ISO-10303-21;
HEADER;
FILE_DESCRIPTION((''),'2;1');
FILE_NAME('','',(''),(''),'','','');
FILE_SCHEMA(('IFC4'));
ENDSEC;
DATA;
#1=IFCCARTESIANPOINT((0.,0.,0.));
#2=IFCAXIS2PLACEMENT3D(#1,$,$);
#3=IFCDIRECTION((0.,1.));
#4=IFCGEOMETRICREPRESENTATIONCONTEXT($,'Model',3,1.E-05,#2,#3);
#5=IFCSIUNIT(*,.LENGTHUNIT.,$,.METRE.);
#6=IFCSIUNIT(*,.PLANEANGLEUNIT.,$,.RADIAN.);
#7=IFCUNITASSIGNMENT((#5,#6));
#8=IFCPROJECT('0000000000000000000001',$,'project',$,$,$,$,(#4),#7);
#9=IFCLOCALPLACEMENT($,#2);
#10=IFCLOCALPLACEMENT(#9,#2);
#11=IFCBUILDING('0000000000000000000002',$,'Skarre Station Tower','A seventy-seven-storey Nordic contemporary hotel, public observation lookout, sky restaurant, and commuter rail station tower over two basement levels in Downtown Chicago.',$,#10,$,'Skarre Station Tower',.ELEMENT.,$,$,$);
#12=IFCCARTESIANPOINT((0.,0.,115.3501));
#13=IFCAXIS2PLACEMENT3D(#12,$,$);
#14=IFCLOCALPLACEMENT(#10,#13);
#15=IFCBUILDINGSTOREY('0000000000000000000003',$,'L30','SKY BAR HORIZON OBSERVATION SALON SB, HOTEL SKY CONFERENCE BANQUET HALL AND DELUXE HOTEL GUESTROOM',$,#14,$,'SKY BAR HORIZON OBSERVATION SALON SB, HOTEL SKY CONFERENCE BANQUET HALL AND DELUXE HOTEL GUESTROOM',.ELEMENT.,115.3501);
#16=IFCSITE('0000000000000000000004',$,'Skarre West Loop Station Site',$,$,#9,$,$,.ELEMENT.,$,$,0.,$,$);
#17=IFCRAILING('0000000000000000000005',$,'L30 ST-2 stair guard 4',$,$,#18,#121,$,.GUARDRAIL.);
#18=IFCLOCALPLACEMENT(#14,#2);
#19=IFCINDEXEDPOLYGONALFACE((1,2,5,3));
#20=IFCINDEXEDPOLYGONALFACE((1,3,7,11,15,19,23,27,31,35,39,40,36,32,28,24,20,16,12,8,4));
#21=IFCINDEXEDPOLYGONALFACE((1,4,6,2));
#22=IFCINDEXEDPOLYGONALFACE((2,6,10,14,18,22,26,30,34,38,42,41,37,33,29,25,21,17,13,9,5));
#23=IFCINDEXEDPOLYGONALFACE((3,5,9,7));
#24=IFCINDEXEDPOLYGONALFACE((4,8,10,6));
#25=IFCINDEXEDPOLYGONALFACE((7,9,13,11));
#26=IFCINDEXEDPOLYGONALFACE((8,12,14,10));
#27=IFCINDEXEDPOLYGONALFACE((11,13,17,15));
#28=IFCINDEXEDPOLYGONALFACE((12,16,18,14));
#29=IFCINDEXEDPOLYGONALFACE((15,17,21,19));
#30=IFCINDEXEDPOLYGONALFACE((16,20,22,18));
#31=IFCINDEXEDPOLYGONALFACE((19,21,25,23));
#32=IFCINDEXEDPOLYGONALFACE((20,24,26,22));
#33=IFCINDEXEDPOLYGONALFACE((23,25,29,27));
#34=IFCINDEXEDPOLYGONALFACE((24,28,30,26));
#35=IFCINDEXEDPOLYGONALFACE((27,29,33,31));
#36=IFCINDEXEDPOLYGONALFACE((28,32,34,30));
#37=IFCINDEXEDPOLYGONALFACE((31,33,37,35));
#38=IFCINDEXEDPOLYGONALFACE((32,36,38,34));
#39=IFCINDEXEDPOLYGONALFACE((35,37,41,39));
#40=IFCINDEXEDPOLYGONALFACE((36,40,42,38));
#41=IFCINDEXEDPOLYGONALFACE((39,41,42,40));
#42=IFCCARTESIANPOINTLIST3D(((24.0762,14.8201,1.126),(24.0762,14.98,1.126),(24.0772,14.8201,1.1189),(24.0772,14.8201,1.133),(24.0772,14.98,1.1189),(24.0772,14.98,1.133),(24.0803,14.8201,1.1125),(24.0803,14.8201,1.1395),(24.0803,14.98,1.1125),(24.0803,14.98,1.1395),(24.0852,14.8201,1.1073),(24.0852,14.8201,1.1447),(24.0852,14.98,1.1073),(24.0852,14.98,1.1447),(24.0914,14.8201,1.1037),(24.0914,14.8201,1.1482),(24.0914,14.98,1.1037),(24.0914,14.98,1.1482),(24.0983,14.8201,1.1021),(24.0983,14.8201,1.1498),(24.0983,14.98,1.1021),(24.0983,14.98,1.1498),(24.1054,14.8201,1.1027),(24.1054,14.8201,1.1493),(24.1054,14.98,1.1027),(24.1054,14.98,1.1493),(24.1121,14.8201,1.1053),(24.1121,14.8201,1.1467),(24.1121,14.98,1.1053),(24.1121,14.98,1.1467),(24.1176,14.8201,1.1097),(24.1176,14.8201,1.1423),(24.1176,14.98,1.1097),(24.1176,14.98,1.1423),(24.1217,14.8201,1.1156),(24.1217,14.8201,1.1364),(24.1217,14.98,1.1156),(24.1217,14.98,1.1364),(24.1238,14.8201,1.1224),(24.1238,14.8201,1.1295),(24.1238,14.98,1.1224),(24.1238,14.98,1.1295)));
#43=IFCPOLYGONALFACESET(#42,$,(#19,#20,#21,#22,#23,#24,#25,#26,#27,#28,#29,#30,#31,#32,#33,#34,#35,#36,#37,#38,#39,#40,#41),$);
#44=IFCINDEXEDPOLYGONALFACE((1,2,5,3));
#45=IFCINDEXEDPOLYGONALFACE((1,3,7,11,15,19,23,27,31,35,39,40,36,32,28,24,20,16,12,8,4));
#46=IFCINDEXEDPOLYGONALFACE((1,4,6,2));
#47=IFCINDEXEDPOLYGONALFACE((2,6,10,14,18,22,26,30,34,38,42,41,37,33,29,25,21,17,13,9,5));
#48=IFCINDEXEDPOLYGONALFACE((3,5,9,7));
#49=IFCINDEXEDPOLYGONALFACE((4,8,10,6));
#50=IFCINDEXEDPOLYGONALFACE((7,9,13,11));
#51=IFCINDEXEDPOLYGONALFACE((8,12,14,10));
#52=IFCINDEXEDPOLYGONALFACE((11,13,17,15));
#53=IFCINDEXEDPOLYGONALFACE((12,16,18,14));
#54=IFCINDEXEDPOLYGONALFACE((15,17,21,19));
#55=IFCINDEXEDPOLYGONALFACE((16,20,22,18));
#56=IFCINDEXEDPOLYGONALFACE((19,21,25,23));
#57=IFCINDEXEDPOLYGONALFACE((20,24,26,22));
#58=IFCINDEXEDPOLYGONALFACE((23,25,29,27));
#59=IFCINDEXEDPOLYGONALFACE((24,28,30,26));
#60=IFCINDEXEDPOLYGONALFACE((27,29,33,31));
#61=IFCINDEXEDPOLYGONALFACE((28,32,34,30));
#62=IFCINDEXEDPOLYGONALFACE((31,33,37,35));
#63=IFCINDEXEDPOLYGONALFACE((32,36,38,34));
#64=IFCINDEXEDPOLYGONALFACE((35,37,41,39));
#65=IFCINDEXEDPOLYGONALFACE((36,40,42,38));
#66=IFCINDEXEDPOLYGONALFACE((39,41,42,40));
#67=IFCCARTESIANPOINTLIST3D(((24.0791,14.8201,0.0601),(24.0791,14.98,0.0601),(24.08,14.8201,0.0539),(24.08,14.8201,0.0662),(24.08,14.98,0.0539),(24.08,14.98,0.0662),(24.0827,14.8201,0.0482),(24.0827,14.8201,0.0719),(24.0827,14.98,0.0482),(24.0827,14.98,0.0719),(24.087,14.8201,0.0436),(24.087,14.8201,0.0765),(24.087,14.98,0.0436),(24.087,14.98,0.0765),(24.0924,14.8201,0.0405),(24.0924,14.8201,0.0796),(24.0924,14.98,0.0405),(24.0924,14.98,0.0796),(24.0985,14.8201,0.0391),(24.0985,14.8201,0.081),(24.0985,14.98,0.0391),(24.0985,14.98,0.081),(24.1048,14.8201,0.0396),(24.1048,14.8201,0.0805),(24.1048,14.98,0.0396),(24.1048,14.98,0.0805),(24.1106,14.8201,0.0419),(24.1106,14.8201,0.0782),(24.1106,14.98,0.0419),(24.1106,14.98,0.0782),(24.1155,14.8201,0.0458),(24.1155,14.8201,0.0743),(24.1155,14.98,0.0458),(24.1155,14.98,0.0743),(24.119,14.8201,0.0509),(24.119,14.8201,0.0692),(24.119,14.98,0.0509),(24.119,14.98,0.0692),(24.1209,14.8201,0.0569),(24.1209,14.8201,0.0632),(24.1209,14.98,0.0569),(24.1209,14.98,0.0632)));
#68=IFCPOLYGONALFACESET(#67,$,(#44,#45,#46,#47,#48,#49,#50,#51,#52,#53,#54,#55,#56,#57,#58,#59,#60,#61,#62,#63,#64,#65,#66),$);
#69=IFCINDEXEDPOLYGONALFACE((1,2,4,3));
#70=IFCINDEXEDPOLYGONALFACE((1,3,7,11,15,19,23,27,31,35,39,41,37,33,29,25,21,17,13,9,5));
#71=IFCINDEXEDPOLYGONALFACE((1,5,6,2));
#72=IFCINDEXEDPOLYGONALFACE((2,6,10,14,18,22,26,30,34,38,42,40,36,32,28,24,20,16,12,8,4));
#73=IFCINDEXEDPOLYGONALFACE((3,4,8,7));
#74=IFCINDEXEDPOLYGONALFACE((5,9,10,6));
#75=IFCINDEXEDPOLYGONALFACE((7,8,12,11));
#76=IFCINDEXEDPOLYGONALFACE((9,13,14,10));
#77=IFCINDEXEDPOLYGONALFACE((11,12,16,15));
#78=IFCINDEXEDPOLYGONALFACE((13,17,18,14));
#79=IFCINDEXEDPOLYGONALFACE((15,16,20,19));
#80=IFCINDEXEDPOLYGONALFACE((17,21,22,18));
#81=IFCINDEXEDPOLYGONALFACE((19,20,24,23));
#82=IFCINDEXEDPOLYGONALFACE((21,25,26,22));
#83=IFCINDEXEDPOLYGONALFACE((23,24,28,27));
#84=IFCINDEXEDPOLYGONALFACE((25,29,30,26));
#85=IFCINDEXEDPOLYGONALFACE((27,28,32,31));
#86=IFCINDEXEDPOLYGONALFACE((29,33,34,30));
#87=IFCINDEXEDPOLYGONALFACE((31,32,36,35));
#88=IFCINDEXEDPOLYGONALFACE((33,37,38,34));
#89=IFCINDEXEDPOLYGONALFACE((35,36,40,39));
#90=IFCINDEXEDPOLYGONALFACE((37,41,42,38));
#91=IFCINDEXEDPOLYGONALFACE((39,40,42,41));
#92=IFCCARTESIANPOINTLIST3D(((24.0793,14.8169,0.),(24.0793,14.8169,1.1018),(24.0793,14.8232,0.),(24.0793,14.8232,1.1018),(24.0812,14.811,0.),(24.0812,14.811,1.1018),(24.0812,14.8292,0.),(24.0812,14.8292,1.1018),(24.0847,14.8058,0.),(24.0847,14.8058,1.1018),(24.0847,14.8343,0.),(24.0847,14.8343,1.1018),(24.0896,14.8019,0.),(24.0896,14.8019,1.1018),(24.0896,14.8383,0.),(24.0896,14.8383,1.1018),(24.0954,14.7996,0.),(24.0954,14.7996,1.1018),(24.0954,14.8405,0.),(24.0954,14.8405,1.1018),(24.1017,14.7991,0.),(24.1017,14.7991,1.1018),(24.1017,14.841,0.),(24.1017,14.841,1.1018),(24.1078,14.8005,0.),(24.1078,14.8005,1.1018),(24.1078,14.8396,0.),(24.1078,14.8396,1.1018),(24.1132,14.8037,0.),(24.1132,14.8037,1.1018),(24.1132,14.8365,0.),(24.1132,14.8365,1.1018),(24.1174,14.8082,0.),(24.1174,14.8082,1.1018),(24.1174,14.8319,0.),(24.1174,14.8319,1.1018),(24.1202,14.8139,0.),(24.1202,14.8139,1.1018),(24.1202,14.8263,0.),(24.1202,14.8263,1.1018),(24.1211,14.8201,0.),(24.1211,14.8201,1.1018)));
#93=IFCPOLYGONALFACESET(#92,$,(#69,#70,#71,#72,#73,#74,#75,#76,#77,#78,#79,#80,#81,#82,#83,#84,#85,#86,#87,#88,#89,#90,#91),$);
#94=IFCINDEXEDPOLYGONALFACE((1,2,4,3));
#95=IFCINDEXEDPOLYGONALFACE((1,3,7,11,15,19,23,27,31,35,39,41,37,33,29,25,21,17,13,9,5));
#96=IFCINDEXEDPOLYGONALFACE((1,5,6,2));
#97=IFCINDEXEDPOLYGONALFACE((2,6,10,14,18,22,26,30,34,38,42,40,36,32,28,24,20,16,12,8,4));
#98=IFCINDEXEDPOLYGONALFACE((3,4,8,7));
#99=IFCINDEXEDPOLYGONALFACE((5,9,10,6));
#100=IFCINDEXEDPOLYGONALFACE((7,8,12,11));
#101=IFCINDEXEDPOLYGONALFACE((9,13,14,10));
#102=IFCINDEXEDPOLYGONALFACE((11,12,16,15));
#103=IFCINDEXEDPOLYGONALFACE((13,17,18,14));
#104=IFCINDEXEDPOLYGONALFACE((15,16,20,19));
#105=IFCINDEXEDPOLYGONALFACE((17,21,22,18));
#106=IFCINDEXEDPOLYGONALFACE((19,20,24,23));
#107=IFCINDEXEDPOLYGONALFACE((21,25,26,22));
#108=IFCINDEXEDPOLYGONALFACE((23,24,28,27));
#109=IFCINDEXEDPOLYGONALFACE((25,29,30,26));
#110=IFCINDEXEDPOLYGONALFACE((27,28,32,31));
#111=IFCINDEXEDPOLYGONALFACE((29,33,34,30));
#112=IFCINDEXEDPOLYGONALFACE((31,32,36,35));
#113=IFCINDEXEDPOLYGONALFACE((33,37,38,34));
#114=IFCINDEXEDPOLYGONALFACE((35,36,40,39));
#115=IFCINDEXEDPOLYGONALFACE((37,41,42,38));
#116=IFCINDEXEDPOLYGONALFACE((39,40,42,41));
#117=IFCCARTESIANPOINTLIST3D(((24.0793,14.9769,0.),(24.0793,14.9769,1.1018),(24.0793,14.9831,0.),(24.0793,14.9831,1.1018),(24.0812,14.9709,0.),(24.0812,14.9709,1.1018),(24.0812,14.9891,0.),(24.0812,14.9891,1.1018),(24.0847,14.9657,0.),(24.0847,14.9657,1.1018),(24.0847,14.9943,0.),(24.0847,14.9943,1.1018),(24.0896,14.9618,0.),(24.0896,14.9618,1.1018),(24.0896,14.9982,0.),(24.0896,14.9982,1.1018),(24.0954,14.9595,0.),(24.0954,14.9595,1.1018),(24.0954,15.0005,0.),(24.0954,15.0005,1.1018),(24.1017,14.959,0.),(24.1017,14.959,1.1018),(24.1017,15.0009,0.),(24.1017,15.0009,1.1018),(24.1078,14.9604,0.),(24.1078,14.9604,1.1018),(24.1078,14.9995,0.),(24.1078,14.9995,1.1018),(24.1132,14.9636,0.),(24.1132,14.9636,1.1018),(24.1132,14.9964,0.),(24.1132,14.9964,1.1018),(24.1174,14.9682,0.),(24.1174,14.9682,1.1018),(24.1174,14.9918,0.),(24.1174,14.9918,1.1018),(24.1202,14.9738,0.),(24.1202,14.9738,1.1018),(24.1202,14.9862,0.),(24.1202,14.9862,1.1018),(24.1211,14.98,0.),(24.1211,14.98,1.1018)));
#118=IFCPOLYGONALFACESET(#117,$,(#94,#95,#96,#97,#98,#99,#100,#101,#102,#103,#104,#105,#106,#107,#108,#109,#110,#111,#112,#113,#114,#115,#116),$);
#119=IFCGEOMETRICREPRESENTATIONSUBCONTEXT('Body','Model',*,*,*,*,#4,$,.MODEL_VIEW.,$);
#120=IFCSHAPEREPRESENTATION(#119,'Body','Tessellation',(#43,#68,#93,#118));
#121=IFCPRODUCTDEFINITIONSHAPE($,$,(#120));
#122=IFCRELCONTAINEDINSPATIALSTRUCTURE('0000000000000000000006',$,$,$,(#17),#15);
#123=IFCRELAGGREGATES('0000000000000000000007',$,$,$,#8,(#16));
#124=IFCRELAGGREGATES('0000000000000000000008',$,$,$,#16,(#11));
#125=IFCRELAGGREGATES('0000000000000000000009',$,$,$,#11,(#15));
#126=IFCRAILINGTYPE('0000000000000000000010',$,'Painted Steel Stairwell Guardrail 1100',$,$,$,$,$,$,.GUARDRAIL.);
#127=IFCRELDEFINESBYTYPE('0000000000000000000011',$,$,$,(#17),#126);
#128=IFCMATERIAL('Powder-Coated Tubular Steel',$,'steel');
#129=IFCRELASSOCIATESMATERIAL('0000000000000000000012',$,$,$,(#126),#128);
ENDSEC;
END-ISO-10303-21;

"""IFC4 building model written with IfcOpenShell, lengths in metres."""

from ifc_helpers import new_model, si_unit, direction, frame, origin, origin_2d, place, context, subcontext, project, spatial, circle, extrude, material, type_object, element, save


model = new_model("IFC4")

# Units and contexts
model_context = context("Model", 3, precision=1e-05, world=origin(), true_north=direction((0.0, 1.0)))
body_context = subcontext(model_context, "Body", "Model", "MODEL_VIEW")
ifc_project = project(units=[si_unit("LENGTHUNIT", "METRE"), si_unit("PLANEANGLEUNIT", "RADIAN")], contexts=[model_context])

# Site, building, storey
site_placement = place(None, origin())
site = spatial("IfcSite", under=ifc_project, at=site_placement, Name="Skarre West Loop Station Site", CompositionType="ELEMENT", RefElevation=0.0)
building_placement = place(site_placement, origin())
building = spatial("IfcBuilding", under=site, at=building_placement, Name="Skarre Station Tower", Description="A seventy-seven-storey Nordic contemporary hotel, public observation lookout, sky restaurant, and commuter rail station tower over two basement levels in Downtown Chicago.", LongName="Skarre Station Tower", CompositionType="ELEMENT")
storey_placement = place(building_placement, frame((0.0, 0.0, 115.3501)))
storey = spatial("IfcBuildingStorey", under=building, at=storey_placement, Name="L30", Description="SKY BAR HORIZON OBSERVATION SALON SB, HOTEL SKY CONFERENCE BANQUET HALL AND DELUXE HOTEL GUESTROOM", LongName="SKY BAR HORIZON OBSERVATION SALON SB, HOTEL SKY CONFERENCE BANQUET HALL AND DELUXE HOTEL GUESTROOM", CompositionType="ELEMENT", Elevation=115.3501)

# Railing
ifc_material_1 = material(Name="Powder-Coated Tubular Steel", Category="steel")
railing_type_1 = type_object("IfcRailingType", Name="Painted Steel Stairwell Guardrail 1100", PredefinedType="GUARDRAIL", material=ifc_material_1)
railing_1_placement = place(storey_placement, frame((24.1001, 14.8201, 0.0)))
element("IfcRailing", 1, at=railing_1_placement, inside=storey, type_object=railing_type_1, Name="L30 ST-2 stair guard 4", PredefinedType="GUARDRAIL", context=body_context, shape_type="SweptSolid", body=[
    extrude(circle(Radius=0.0239, at=origin_2d()), frame((0.0, 0.0, 1.126), z_axis=(0.0, 1.0, 0.0), x_axis=(-1.0, 0.0, 0.0)), (0.0, 0.0, 1.0), 0.1599),
    extrude(circle(Radius=0.021, at=origin_2d()), frame((0.0, 0.0, 0.0601), z_axis=(0.0, 1.0, 0.0), x_axis=(-1.0, 0.0, 0.0)), (0.0, 0.0, 1.0), 0.1599),
    extrude(circle(Radius=0.021, at=origin_2d()), origin(), (0.0, 0.0, 1.0), 1.1018),
    extrude(circle(Radius=0.021, at=origin_2d()), frame((0.0, 0.1599, 0.0)), (0.0, 0.0, 1.0), 1.1018),
])

save(model, "model.ifc")
